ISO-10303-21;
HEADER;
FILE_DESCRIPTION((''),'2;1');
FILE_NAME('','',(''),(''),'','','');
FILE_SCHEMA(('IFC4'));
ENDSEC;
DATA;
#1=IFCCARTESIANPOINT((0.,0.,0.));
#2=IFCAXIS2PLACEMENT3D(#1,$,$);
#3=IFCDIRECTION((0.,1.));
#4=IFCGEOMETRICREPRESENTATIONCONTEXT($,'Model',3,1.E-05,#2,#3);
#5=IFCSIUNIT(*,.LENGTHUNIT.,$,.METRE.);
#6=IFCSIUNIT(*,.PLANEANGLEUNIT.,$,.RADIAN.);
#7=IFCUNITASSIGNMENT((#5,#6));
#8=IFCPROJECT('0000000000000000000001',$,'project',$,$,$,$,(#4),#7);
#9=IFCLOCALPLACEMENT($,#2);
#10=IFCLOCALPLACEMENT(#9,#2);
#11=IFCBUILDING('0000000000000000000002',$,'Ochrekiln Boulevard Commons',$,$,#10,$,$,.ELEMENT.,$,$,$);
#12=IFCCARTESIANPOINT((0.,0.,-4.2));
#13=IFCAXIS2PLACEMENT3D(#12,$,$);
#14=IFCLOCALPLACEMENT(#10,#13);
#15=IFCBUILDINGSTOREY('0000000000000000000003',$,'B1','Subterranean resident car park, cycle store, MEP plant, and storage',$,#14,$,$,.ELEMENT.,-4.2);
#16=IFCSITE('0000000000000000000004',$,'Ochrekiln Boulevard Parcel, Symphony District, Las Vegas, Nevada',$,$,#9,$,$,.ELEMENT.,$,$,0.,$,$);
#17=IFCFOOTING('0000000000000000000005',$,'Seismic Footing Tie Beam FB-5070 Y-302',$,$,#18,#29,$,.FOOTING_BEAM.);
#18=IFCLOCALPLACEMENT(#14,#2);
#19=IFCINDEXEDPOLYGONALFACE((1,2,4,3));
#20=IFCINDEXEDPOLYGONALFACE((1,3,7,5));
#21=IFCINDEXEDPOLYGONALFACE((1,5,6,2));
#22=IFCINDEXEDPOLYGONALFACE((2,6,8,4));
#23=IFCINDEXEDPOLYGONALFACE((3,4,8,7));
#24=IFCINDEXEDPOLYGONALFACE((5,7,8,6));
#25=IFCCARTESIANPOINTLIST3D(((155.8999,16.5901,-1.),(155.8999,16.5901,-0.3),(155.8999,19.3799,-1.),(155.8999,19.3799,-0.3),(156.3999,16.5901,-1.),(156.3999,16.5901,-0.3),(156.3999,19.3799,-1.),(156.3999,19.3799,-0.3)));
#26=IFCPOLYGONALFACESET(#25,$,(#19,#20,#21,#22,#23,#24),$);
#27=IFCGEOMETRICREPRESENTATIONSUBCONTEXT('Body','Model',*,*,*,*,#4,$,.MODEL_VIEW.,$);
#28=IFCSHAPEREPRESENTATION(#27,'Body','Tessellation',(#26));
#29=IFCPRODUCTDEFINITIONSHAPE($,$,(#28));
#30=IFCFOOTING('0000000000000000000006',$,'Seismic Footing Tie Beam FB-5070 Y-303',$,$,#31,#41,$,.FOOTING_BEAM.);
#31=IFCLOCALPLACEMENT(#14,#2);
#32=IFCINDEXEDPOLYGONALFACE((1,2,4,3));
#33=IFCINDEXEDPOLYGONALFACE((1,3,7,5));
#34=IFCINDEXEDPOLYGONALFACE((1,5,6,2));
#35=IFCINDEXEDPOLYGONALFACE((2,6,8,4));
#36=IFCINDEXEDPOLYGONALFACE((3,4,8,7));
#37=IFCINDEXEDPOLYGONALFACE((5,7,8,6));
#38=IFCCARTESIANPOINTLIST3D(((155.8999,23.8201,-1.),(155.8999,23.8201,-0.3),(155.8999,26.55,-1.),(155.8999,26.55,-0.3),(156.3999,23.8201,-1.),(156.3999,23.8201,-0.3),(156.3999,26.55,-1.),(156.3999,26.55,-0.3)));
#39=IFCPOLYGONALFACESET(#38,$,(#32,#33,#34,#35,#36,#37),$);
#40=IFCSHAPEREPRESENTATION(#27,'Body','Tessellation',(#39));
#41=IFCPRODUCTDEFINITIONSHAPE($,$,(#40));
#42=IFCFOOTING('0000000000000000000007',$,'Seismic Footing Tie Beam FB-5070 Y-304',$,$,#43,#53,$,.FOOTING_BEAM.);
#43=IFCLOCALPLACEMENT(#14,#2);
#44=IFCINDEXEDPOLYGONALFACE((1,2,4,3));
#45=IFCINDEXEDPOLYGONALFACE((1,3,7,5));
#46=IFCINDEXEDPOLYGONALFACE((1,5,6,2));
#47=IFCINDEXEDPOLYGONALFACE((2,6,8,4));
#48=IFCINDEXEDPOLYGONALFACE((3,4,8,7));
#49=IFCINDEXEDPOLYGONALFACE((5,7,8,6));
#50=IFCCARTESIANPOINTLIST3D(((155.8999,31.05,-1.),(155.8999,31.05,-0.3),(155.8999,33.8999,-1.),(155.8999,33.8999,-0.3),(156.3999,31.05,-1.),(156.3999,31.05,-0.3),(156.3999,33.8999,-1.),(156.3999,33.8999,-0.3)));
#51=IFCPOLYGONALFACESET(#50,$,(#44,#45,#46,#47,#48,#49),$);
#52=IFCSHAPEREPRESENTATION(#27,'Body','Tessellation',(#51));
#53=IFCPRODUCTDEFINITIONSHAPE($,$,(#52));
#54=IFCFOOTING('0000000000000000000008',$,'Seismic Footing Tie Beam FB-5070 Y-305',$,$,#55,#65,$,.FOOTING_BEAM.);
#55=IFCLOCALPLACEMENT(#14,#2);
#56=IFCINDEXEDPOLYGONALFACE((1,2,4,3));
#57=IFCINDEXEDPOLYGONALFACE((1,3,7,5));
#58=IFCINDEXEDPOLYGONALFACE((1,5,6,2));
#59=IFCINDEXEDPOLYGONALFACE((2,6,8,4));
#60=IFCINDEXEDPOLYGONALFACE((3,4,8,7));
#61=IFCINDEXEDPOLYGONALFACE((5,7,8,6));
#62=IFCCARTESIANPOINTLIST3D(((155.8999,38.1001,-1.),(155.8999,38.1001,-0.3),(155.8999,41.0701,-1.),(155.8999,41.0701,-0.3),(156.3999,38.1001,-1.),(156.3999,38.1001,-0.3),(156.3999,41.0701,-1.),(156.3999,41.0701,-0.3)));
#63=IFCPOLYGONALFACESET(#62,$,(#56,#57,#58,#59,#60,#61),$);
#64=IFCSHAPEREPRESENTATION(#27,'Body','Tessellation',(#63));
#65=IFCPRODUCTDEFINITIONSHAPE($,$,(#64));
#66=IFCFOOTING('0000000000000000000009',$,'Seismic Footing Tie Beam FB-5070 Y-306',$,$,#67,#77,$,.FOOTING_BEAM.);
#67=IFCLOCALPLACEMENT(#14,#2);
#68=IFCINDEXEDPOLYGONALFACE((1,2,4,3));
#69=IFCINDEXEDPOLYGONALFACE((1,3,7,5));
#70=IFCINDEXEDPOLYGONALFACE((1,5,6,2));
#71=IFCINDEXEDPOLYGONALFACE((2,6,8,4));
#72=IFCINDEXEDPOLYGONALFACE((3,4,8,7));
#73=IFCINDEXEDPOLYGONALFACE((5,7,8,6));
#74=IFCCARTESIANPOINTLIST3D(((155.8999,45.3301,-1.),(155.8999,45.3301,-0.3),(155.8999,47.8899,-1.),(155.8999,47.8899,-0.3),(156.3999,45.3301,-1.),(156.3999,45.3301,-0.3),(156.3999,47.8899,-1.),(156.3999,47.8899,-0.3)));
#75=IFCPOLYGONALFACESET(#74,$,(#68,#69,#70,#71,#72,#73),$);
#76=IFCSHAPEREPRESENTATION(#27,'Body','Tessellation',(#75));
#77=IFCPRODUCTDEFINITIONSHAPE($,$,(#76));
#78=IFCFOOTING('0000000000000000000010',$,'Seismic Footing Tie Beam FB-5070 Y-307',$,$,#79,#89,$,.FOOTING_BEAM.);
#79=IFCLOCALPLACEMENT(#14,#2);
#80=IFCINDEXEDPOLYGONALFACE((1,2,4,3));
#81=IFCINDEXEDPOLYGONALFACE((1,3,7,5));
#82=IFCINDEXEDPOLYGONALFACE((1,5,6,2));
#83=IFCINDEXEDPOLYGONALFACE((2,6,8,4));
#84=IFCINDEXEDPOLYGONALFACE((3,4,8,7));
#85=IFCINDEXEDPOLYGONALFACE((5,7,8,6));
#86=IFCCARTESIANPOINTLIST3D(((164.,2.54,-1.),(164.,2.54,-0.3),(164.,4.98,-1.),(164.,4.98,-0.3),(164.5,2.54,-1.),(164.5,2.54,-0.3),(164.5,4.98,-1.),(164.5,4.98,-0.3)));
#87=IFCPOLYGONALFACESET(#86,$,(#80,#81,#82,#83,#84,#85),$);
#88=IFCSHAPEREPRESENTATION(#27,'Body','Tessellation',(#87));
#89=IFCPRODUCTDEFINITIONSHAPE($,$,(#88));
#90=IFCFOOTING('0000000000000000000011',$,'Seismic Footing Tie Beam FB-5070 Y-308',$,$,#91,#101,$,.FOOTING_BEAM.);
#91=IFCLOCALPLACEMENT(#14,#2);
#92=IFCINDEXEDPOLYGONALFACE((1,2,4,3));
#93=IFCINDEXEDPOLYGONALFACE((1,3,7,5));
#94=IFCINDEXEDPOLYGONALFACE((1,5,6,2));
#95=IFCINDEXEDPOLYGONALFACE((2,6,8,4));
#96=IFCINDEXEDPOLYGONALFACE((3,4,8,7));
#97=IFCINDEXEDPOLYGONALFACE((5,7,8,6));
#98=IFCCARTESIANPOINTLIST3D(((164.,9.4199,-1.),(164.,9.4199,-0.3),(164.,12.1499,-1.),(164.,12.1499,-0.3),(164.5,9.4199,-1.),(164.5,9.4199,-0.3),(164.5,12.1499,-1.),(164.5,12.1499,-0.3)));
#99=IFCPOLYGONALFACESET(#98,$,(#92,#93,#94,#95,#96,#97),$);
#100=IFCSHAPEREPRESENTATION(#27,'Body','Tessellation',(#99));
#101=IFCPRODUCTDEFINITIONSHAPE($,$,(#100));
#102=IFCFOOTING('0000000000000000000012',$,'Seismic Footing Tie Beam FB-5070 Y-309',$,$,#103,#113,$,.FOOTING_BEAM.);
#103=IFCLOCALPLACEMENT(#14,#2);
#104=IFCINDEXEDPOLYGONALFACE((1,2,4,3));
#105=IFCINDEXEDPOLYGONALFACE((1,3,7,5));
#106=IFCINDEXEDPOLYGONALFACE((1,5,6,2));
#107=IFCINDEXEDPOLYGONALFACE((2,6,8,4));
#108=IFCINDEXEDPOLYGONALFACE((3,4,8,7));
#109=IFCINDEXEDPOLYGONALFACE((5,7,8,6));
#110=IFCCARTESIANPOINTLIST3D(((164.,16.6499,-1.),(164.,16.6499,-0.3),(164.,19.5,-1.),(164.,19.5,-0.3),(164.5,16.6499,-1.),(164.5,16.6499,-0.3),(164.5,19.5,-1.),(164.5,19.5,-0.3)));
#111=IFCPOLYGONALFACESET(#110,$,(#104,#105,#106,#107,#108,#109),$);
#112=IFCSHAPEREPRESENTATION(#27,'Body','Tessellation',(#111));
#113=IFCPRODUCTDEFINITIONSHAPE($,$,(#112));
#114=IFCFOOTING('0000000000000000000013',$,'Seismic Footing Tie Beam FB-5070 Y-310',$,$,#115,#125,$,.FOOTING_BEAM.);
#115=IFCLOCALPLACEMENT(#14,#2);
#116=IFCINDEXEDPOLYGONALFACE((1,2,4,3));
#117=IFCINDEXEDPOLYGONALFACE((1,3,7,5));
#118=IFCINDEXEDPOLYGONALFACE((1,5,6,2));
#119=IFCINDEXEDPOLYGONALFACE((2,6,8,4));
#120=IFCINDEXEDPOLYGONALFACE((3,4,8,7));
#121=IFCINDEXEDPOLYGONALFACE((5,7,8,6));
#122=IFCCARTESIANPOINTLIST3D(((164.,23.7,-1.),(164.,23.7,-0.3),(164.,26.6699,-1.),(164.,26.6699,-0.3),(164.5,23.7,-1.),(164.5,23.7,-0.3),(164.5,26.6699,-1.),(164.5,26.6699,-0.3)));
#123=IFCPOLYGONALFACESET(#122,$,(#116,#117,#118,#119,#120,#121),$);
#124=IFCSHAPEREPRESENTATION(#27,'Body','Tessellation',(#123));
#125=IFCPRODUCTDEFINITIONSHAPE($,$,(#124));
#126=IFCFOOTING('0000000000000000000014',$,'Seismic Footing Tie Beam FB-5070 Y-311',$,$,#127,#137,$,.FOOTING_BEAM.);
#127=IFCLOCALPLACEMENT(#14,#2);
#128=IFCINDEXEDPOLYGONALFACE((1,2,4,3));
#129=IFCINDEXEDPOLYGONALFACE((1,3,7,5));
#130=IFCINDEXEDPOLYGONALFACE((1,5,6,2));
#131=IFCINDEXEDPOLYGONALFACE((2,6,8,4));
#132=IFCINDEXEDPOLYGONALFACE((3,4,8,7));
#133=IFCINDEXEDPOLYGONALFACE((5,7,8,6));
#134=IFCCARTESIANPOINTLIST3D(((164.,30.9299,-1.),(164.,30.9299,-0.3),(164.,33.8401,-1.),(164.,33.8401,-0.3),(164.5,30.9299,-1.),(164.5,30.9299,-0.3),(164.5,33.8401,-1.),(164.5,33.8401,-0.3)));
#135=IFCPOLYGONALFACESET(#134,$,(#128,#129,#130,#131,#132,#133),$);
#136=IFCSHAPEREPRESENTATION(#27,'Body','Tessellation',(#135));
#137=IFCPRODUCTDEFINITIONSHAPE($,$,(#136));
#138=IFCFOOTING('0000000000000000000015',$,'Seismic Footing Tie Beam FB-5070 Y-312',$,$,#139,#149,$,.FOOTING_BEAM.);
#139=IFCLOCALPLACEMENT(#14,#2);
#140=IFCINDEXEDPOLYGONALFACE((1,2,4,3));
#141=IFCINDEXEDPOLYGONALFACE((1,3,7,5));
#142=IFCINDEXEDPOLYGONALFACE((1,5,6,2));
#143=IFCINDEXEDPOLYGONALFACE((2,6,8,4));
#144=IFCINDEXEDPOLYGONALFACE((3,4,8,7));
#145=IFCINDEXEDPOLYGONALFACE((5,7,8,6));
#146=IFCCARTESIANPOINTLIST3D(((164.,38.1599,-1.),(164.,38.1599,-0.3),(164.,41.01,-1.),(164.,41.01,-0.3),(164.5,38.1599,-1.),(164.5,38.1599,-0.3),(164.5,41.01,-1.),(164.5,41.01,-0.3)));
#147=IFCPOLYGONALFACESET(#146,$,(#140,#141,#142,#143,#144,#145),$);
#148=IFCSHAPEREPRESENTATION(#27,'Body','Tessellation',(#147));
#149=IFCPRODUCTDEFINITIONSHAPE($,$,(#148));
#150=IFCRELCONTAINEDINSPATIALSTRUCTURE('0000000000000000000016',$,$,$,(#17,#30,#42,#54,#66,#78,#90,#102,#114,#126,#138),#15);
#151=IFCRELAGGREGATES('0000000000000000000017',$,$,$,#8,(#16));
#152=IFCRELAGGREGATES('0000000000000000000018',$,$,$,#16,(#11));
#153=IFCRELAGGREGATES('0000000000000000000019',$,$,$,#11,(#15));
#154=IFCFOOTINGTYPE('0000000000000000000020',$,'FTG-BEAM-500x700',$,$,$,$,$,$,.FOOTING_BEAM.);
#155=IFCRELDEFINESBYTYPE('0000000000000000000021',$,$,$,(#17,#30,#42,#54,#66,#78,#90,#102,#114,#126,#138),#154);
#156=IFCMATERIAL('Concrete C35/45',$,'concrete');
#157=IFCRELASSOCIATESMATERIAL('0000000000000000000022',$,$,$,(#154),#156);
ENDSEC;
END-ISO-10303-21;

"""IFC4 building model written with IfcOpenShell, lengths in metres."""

from ifc_helpers import new_model, si_unit, direction, frame, origin, place, context, subcontext, project, spatial, polyline, outline, extrude, material, type_object, element, save


model = new_model("IFC4")

# Units and contexts
model_context = context("Model", 3, precision=1e-05, world=origin(), true_north=direction((0.0, 1.0)))
body_context = subcontext(model_context, "Body", "Model", "MODEL_VIEW")
ifc_project = project(units=[si_unit("LENGTHUNIT", "METRE"), si_unit("PLANEANGLEUNIT", "RADIAN")], contexts=[model_context])

# Site, building, storey
site_placement = place(None, origin())
site = spatial("IfcSite", under=ifc_project, at=site_placement, Name="Ochrekiln Boulevard Parcel, Symphony District, Las Vegas, Nevada", CompositionType="ELEMENT", RefElevation=0.0)
building_placement = place(site_placement, origin())
building = spatial("IfcBuilding", under=site, at=building_placement, Name="Ochrekiln Boulevard Commons", CompositionType="ELEMENT")
storey_placement = place(building_placement, frame((0.0, 0.0, -4.2)))
storey = spatial("IfcBuildingStorey", under=building, at=storey_placement, Name="B1", Description="Subterranean resident car park, cycle store, MEP plant, and storage", CompositionType="ELEMENT", Elevation=-4.2)

# Footings
ifc_material = material(Name="Concrete C35/45", Category="concrete")
footing_type = type_object("IfcFootingType", Name="FTG-BEAM-500x700", PredefinedType="FOOTING_BEAM", material=ifc_material)
footing_1_placement = place(storey_placement, frame((0.0, 0.0, -1.0)))
element("IfcFooting", 1, at=footing_1_placement, inside=storey, type_object=footing_type, Name="Seismic Footing Tie Beam FB-5070 Y-302", PredefinedType="FOOTING_BEAM", context=body_context, shape_type="SweptSolid", body=[
    extrude(outline(polyline([(155.8999, 16.5901), (156.3999, 16.5901), (156.3999, 19.3799), (155.8999, 19.3799), (155.8999, 16.5901)])), origin(), (0.0, 0.0, 1.0), 0.7),
])
footing_2_placement = place(storey_placement, frame((0.0, 0.0, -1.0)))
element("IfcFooting", 2, at=footing_2_placement, inside=storey, type_object=footing_type, Name="Seismic Footing Tie Beam FB-5070 Y-303", PredefinedType="FOOTING_BEAM", context=body_context, shape_type="SweptSolid", body=[
    extrude(outline(polyline([(155.8999, 23.8201), (156.3999, 23.8201), (156.3999, 26.55), (155.8999, 26.55), (155.8999, 23.8201)])), origin(), (0.0, 0.0, 1.0), 0.7),
])
footing_3_placement = place(storey_placement, frame((0.0, 0.0, -1.0)))
element("IfcFooting", 3, at=footing_3_placement, inside=storey, type_object=footing_type, Name="Seismic Footing Tie Beam FB-5070 Y-304", PredefinedType="FOOTING_BEAM", context=body_context, shape_type="SweptSolid", body=[
    extrude(outline(polyline([(155.8999, 31.05), (156.3999, 31.05), (156.3999, 33.8999), (155.8999, 33.8999), (155.8999, 31.05)])), origin(), (0.0, 0.0, 1.0), 0.7),
])
footing_4_placement = place(storey_placement, frame((0.0, 0.0, -1.0)))
element("IfcFooting", 4, at=footing_4_placement, inside=storey, type_object=footing_type, Name="Seismic Footing Tie Beam FB-5070 Y-305", PredefinedType="FOOTING_BEAM", context=body_context, shape_type="SweptSolid", body=[
    extrude(outline(polyline([(155.8999, 38.1001), (156.3999, 38.1001), (156.3999, 41.0701), (155.8999, 41.0701), (155.8999, 38.1001)])), origin(), (0.0, 0.0, 1.0), 0.7),
])
footing_5_placement = place(storey_placement, frame((0.0, 0.0, -1.0)))
element("IfcFooting", 5, at=footing_5_placement, inside=storey, type_object=footing_type, Name="Seismic Footing Tie Beam FB-5070 Y-306", PredefinedType="FOOTING_BEAM", context=body_context, shape_type="SweptSolid", body=[
    extrude(outline(polyline([(155.8999, 45.3301), (156.3999, 45.3301), (156.3999, 47.8899), (155.8999, 47.8899), (155.8999, 45.3301)])), origin(), (0.0, 0.0, 1.0), 0.7),
])
footing_6_placement = place(storey_placement, frame((0.0, 0.0, -1.0)))
element("IfcFooting", 6, at=footing_6_placement, inside=storey, type_object=footing_type, Name="Seismic Footing Tie Beam FB-5070 Y-307", PredefinedType="FOOTING_BEAM", context=body_context, shape_type="SweptSolid", body=[
    extrude(outline(polyline([(164.0, 2.54), (164.5, 2.54), (164.5, 4.98), (164.0, 4.98), (164.0, 2.54)])), origin(), (0.0, 0.0, 1.0), 0.7),
])
footing_7_placement = place(storey_placement, frame((0.0, 0.0, -1.0)))
element("IfcFooting", 7, at=footing_7_placement, inside=storey, type_object=footing_type, Name="Seismic Footing Tie Beam FB-5070 Y-308", PredefinedType="FOOTING_BEAM", context=body_context, shape_type="SweptSolid", body=[
    extrude(outline(polyline([(164.0, 9.4199), (164.5, 9.4199), (164.5, 12.1499), (164.0, 12.1499), (164.0, 9.4199)])), origin(), (0.0, 0.0, 1.0), 0.7),
])
footing_8_placement = place(storey_placement, frame((0.0, 0.0, -1.0)))
element("IfcFooting", 8, at=footing_8_placement, inside=storey, type_object=footing_type, Name="Seismic Footing Tie Beam FB-5070 Y-309", PredefinedType="FOOTING_BEAM", context=body_context, shape_type="SweptSolid", body=[
    extrude(outline(polyline([(164.0, 16.6499), (164.5, 16.6499), (164.5, 19.5), (164.0, 19.5), (164.0, 16.6499)])), origin(), (0.0, 0.0, 1.0), 0.7),
])
footing_9_placement = place(storey_placement, frame((0.0, 0.0, -1.0)))
element("IfcFooting", 9, at=footing_9_placement, inside=storey, type_object=footing_type, Name="Seismic Footing Tie Beam FB-5070 Y-310", PredefinedType="FOOTING_BEAM", context=body_context, shape_type="SweptSolid", body=[
    extrude(outline(polyline([(164.0, 23.7), (164.5, 23.7), (164.5, 26.6699), (164.0, 26.6699), (164.0, 23.7)])), origin(), (0.0, 0.0, 1.0), 0.7),
])
footing_10_placement = place(storey_placement, frame((0.0, 0.0, -1.0)))
element("IfcFooting", 10, at=footing_10_placement, inside=storey, type_object=footing_type, Name="Seismic Footing Tie Beam FB-5070 Y-311", PredefinedType="FOOTING_BEAM", context=body_context, shape_type="SweptSolid", body=[
    extrude(outline(polyline([(164.0, 30.9299), (164.5, 30.9299), (164.5, 33.8401), (164.0, 33.8401), (164.0, 30.9299)])), origin(), (0.0, 0.0, 1.0), 0.7),
])
footing_11_placement = place(storey_placement, frame((0.0, 0.0, -1.0)))
element("IfcFooting", 11, at=footing_11_placement, inside=storey, type_object=footing_type, Name="Seismic Footing Tie Beam FB-5070 Y-312", PredefinedType="FOOTING_BEAM", context=body_context, shape_type="SweptSolid", body=[
    extrude(outline(polyline([(164.0, 38.1599), (164.5, 38.1599), (164.5, 41.01), (164.0, 41.01), (164.0, 38.1599)])), origin(), (0.0, 0.0, 1.0), 0.7),
])

save(model, "model.ifc")
